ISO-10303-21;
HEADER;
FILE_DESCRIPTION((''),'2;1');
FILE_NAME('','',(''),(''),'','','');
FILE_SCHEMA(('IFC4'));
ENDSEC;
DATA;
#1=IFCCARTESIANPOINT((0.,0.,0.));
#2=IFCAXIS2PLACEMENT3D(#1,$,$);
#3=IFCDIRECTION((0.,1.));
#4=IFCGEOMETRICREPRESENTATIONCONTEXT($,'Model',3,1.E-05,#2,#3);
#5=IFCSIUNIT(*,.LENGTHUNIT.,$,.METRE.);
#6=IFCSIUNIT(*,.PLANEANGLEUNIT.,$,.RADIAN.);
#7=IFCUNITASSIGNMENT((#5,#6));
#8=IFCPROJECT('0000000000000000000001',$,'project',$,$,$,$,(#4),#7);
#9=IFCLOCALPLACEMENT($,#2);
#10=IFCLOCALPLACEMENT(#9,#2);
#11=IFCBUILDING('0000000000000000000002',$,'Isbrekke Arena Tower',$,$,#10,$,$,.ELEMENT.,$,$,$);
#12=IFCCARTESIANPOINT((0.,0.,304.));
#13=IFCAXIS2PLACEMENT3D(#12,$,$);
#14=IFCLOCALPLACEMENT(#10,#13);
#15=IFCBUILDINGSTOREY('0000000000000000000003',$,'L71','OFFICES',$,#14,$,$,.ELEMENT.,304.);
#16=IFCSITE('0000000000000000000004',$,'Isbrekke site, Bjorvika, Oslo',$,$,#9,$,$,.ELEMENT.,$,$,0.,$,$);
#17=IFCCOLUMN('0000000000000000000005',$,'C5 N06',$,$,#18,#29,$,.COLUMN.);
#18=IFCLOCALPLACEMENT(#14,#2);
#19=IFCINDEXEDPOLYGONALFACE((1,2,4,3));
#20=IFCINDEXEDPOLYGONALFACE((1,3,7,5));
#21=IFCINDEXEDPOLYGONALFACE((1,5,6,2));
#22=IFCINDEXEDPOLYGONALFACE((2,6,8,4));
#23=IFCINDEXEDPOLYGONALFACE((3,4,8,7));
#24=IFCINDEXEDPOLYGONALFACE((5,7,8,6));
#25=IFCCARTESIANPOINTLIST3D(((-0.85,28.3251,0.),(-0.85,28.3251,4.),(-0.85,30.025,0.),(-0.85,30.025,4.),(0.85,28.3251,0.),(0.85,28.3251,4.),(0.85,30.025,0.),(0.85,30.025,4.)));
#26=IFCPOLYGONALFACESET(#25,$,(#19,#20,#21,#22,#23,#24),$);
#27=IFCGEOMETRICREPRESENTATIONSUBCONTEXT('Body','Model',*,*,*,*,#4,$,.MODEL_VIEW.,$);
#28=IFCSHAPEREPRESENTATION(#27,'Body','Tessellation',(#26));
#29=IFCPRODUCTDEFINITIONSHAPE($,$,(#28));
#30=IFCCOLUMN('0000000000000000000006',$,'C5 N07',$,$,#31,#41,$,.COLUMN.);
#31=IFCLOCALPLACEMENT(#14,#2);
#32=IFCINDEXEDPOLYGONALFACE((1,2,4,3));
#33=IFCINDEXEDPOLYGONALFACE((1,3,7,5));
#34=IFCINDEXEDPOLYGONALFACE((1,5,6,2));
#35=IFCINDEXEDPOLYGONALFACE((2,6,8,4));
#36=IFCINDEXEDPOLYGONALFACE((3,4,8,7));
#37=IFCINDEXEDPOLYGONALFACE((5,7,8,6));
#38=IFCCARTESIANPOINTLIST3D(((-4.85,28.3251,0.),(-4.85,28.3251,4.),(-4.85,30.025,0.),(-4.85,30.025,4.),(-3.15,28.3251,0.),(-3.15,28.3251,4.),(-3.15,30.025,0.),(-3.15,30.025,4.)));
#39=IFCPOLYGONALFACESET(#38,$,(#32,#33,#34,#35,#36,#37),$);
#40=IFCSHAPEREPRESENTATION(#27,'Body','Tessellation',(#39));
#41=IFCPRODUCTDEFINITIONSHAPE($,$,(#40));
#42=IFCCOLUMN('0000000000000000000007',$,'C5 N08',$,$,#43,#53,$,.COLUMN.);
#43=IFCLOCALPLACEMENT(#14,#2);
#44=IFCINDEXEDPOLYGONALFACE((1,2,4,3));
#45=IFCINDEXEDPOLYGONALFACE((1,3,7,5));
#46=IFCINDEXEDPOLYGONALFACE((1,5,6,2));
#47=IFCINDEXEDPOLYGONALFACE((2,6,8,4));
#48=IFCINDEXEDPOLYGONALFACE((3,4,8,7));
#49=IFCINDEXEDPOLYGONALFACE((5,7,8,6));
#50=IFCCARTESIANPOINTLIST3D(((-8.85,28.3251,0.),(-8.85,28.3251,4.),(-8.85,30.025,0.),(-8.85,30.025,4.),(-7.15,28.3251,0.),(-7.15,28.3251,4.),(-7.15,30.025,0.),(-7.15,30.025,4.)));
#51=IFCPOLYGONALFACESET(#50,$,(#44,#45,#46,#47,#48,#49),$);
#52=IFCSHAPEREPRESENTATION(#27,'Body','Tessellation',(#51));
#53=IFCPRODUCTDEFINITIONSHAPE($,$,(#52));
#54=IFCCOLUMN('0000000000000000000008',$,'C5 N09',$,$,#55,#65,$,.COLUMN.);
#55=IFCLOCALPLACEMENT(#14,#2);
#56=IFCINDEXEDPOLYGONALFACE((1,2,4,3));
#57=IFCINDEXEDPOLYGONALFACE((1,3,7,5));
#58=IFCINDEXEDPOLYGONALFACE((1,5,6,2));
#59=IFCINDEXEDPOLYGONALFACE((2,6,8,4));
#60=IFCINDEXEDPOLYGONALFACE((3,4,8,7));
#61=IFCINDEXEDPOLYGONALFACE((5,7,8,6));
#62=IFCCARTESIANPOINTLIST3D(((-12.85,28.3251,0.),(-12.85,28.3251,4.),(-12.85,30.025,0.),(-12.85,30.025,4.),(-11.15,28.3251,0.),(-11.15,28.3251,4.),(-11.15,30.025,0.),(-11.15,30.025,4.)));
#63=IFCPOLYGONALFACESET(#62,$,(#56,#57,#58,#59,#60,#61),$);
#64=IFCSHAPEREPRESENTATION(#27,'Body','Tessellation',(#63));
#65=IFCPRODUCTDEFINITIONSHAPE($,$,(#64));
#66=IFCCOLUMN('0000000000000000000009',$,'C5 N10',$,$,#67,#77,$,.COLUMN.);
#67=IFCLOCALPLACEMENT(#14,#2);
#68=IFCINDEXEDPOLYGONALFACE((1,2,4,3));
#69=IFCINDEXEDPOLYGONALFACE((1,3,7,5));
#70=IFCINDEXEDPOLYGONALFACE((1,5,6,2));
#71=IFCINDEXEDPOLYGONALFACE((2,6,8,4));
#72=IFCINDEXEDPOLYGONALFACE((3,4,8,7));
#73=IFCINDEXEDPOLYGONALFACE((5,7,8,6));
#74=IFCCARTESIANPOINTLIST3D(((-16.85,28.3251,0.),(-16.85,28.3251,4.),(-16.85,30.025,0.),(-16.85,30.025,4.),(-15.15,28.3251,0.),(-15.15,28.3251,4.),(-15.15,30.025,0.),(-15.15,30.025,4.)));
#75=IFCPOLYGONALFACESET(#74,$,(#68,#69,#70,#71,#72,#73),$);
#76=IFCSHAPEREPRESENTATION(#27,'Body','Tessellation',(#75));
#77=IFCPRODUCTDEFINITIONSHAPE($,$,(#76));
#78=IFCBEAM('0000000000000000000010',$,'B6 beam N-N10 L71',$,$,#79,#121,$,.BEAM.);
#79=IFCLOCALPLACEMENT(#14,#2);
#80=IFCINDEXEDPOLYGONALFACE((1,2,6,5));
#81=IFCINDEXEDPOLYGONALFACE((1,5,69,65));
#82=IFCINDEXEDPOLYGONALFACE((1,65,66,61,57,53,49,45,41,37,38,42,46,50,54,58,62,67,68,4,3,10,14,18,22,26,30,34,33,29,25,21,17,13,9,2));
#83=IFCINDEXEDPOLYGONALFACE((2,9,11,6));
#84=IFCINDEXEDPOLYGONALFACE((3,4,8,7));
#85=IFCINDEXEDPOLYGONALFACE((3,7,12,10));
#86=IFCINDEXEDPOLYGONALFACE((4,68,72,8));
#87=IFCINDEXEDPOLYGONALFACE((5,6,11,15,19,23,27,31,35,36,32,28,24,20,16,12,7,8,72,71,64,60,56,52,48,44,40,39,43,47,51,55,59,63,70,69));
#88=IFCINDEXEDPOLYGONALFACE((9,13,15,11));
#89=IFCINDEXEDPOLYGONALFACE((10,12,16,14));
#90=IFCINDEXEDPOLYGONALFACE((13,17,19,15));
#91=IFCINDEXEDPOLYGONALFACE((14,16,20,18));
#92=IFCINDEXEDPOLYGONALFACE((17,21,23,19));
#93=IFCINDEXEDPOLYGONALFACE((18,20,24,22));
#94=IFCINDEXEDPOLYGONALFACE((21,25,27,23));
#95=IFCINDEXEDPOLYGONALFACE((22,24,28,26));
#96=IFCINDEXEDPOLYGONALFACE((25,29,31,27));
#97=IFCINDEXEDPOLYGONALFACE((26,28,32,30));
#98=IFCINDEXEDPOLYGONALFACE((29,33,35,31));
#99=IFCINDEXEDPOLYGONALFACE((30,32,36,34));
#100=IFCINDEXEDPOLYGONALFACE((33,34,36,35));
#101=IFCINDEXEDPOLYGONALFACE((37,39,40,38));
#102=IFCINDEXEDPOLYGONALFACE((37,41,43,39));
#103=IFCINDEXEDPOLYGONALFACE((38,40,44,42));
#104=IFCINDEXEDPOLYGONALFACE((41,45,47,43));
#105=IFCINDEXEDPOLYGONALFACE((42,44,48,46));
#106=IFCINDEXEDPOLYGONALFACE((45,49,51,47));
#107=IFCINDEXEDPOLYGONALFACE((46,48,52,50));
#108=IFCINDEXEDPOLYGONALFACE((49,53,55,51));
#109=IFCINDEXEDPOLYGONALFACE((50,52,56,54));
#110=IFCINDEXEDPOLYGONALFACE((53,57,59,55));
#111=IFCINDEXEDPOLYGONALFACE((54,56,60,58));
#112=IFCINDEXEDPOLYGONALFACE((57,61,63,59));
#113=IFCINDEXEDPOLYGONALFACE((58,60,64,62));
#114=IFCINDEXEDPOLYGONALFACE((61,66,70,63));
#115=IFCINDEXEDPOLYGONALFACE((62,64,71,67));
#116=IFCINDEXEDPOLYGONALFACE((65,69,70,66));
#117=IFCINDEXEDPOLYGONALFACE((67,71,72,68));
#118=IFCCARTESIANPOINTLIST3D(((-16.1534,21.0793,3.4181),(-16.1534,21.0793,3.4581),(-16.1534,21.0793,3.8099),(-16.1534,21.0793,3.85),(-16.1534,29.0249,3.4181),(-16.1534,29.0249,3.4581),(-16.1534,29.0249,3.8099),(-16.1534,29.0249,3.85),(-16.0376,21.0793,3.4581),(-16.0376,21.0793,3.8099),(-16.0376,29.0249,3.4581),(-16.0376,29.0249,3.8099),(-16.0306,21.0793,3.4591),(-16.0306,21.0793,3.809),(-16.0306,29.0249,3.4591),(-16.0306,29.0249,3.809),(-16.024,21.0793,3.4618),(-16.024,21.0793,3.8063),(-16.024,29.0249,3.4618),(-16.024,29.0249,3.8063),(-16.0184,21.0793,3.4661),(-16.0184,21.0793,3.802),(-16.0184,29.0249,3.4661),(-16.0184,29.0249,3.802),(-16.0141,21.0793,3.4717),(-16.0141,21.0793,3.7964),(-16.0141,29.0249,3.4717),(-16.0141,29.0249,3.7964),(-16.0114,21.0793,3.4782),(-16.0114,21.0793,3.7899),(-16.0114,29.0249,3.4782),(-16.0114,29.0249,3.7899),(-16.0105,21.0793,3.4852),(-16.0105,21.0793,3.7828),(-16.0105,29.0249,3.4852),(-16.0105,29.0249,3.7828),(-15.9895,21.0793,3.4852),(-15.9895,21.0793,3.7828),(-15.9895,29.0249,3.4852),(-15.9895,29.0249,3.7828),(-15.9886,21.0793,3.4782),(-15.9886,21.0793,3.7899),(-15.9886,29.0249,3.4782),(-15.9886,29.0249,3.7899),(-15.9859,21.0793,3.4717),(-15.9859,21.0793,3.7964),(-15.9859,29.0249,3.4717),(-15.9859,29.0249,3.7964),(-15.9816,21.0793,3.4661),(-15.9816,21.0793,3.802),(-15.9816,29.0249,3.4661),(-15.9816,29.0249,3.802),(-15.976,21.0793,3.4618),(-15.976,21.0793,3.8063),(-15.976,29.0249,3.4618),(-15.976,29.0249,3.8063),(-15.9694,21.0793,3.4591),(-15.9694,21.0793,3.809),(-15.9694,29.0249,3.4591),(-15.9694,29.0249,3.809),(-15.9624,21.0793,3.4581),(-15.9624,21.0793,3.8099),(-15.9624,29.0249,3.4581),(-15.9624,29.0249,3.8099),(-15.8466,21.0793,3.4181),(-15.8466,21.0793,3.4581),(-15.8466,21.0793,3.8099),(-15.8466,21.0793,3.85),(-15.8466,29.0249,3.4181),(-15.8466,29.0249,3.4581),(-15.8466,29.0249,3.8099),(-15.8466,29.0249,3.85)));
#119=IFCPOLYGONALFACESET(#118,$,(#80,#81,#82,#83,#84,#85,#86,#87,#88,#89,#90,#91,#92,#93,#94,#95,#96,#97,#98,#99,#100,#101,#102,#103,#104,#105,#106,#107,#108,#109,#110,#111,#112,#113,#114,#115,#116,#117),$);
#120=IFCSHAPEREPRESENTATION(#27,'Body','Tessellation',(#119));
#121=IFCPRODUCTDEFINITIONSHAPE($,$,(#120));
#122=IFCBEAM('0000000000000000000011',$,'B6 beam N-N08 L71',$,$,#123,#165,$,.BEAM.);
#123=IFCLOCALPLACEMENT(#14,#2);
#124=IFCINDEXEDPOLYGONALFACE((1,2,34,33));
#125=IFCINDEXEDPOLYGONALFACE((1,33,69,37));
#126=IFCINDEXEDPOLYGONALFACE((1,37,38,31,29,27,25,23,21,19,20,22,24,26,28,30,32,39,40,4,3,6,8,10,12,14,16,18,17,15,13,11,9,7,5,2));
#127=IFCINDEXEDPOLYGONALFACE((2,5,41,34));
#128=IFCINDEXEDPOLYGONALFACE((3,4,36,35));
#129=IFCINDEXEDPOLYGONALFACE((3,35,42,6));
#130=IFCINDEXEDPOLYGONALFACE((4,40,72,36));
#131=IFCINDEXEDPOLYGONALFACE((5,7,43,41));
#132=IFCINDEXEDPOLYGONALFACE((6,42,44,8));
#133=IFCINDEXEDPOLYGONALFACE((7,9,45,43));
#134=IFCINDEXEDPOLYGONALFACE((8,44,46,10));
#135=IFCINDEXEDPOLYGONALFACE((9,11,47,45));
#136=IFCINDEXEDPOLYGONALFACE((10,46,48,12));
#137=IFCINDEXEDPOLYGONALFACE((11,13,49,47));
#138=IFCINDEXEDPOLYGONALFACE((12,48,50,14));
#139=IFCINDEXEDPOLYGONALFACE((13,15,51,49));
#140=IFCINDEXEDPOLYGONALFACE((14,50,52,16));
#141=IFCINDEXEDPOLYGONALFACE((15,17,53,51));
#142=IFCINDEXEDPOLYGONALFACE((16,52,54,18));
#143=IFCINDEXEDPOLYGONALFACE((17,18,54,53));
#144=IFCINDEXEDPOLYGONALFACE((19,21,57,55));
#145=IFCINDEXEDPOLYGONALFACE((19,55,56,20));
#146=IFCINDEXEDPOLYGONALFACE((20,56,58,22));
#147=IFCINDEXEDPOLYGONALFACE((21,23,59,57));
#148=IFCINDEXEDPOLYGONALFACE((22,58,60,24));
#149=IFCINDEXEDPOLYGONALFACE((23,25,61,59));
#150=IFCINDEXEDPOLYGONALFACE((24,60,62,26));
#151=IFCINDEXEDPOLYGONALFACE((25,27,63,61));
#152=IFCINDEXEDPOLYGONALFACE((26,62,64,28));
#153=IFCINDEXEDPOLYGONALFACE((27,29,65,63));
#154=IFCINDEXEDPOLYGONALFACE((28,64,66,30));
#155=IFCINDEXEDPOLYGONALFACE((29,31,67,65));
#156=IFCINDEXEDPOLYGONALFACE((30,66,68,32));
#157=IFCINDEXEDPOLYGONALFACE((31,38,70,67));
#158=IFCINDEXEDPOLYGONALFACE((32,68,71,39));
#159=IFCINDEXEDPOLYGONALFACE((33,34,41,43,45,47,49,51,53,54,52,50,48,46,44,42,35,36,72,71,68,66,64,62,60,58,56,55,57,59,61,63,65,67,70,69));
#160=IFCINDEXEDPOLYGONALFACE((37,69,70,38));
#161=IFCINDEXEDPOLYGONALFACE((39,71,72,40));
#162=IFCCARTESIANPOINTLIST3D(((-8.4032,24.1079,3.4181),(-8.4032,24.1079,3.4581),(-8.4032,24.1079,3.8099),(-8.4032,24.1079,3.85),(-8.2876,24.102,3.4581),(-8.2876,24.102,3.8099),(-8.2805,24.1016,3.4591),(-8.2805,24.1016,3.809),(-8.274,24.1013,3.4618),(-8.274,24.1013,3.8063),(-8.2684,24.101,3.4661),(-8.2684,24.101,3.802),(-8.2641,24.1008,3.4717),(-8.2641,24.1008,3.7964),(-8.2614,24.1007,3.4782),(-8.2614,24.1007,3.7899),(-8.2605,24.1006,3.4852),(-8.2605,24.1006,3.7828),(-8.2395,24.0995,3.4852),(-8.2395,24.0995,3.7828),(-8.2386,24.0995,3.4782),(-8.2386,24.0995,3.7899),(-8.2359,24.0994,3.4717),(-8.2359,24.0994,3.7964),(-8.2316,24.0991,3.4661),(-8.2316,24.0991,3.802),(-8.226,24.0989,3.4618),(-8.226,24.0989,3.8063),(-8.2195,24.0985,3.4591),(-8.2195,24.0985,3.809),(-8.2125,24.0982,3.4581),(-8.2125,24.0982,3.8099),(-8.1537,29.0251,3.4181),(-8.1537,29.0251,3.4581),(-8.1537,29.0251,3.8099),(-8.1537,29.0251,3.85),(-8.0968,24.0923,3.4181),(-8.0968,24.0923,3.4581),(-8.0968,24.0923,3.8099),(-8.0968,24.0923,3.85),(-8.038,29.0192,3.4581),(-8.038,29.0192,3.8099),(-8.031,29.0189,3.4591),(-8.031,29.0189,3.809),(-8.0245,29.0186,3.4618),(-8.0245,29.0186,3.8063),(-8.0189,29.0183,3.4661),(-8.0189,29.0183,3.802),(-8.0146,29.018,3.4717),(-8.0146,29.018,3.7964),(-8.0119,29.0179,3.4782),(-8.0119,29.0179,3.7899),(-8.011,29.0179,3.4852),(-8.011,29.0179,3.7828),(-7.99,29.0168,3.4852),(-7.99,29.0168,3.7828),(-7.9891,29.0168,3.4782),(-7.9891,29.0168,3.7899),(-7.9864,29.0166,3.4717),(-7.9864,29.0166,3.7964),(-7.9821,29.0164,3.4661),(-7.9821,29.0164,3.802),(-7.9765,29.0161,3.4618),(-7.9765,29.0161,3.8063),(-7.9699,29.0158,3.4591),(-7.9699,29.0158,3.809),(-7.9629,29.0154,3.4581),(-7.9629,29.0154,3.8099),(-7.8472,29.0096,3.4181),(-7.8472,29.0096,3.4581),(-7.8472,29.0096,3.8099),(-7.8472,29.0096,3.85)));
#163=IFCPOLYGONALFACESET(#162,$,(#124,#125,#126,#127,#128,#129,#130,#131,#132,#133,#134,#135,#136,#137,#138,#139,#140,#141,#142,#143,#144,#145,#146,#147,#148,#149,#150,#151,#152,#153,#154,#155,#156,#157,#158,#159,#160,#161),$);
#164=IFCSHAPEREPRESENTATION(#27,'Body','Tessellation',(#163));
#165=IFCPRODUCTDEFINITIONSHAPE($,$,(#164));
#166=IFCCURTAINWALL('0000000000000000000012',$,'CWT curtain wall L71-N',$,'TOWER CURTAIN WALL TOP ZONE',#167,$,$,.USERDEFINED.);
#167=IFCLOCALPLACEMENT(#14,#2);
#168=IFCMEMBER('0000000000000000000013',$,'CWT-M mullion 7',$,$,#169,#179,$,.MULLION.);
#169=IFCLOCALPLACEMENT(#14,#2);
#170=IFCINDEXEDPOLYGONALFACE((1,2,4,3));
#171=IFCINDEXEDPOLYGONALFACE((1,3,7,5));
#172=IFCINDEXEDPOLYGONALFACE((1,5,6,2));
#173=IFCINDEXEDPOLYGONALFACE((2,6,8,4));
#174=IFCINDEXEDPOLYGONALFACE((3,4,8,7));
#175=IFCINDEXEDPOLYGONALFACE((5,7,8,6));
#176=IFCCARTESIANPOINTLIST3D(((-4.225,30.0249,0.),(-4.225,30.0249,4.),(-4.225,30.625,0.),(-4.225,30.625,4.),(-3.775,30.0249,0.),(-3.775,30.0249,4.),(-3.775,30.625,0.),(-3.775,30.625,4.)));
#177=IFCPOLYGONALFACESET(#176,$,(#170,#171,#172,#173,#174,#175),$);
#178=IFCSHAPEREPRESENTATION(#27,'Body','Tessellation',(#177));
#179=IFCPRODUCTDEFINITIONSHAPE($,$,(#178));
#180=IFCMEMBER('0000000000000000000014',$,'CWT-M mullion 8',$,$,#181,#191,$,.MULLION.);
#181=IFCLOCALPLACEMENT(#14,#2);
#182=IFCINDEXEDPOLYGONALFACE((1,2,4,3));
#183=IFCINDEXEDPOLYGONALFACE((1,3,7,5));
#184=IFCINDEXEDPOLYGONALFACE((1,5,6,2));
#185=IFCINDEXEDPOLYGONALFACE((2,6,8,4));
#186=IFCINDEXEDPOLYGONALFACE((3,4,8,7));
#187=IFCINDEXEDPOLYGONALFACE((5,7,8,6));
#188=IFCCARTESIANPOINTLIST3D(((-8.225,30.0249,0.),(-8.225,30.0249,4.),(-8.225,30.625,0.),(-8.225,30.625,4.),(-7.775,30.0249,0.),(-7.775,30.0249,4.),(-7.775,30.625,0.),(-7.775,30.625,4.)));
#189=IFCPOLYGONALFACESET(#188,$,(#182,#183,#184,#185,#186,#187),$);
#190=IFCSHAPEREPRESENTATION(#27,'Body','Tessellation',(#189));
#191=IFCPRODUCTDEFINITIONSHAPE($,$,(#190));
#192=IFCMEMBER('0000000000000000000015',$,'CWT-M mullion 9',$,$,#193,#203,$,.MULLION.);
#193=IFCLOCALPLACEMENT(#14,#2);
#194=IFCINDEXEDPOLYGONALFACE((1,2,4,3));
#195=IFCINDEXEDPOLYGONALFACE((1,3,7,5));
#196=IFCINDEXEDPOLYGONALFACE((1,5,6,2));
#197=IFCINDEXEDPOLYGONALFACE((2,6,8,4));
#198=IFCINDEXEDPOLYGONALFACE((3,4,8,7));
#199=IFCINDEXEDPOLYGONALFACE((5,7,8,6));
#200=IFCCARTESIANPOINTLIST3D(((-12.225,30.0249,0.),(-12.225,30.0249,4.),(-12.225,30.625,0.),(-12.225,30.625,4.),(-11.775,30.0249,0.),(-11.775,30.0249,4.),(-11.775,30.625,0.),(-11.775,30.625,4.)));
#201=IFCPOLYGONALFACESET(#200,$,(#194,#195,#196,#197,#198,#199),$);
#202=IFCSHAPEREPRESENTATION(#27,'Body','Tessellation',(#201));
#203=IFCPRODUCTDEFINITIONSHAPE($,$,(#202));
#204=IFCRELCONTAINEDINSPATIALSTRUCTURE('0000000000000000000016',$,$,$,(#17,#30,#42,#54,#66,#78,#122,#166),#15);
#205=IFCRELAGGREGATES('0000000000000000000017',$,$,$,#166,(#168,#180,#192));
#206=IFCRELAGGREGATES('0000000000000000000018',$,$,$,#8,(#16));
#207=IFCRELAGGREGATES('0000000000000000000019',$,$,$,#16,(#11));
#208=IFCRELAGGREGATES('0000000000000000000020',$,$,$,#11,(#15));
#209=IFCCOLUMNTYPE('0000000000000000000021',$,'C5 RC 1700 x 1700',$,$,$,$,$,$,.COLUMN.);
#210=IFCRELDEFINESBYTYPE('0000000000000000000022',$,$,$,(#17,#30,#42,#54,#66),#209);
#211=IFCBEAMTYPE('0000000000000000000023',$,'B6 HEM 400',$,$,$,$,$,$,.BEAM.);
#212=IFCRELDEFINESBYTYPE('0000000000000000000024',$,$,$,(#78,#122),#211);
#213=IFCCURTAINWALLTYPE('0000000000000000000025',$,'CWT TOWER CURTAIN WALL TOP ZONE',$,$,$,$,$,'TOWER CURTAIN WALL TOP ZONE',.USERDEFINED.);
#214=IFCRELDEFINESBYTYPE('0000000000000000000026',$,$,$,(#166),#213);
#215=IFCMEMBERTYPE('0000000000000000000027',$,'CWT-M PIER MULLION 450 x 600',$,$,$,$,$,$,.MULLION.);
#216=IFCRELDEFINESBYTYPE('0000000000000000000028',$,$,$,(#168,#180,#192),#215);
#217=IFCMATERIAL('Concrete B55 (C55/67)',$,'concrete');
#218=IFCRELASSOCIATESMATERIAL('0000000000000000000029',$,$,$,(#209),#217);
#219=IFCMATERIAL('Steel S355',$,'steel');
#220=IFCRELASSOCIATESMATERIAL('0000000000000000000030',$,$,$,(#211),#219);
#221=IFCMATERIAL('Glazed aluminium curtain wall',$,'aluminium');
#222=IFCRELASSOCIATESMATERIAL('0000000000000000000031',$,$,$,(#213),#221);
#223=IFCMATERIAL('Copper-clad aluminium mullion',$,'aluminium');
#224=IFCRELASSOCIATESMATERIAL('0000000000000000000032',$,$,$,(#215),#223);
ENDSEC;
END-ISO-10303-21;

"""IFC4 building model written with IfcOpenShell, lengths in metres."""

from ifc_helpers import new_model, si_unit, direction, frame, origin, origin_2d, place, context, subcontext, project, spatial, rectangle, i_section, extrude, material, material_profile, profile_set, type_object, element, aggregate, save


model = new_model("IFC4")

# Units and contexts
model_context = context("Model", 3, precision=1e-05, world=origin(), true_north=direction((0.0, 1.0)))
body_context = subcontext(model_context, "Body", "Model", "MODEL_VIEW")
ifc_project = project(units=[si_unit("LENGTHUNIT", "METRE"), si_unit("PLANEANGLEUNIT", "RADIAN")], contexts=[model_context])

# Site, building, storey
site_placement = place(None, origin())
site = spatial("IfcSite", under=ifc_project, at=site_placement, Name="Isbrekke site, Bjorvika, Oslo", CompositionType="ELEMENT", RefElevation=0.0)
building_placement = place(site_placement, origin())
building = spatial("IfcBuilding", under=site, at=building_placement, Name="Isbrekke Arena Tower", CompositionType="ELEMENT")
storey_placement = place(building_placement, frame((0.0, 0.0, 304.0)))
storey = spatial("IfcBuildingStorey", under=building, at=storey_placement, Name="L71", Description="OFFICES", CompositionType="ELEMENT", Elevation=304.0)

# Columns
ifc_material_1 = material(Name="Concrete B55 (C55/67)", Category="concrete")
ifc_material_profile_1 = material_profile(ifc_material_1, rectangle(XDim=1.7, YDim=1.7, at=origin_2d()), Name="RC 1700x1700")
ifc_profile_set_1 = profile_set([ifc_material_profile_1], Name="Concrete B55 (C55/67)")
column_type = type_object("IfcColumnType", Name="C5 RC 1700 x 1700", PredefinedType="COLUMN", material=ifc_profile_set_1)
for number, where, z_axis, x_axis, name in (
    (1, (0.0, 29.175, 0.0), (0.0, 0.0, 1.0), (-1.0, 0.0, 0.0), "C5 N06"),
    (2, (-4.0, 29.175, 0.0), (0.0, 0.0, 1.0), (-1.0, 0.0, 0.0), "C5 N07"),
    (3, (-8.0, 29.175, 0.0), (0.0, 0.0, 1.0), (-1.0, 0.0, 0.0), "C5 N08"),
    (4, (-12.0, 29.175, 0.0), (0.0, 0.0, 1.0), (-1.0, 0.0, 0.0), "C5 N09"),
    (5, (-16.0, 29.175, 0.0), (0.0, 0.0, 1.0), (-1.0, 0.0, 0.0), "C5 N10"),
):
    element("IfcColumn", number, at=place(storey_placement, frame(where, z_axis=z_axis, x_axis=x_axis)), inside=storey, type_object=column_type, Name=name, PredefinedType="COLUMN", context=body_context, shape_type="SweptSolid", body=[
        extrude(rectangle(XDim=1.7, YDim=1.7, at=origin_2d()), origin(), (0.0, 0.0, 1.0), 4.0),
    ])

# Beams
ifc_material_2 = material(Name="Steel S355", Category="steel")
ifc_material_profile_2 = material_profile(ifc_material_2, i_section(OverallWidth=0.3069, OverallDepth=0.4319, WebThickness=0.021, FlangeThickness=0.04, FilletRadius=0.0271, at=origin_2d()), Name="HEM 400")
ifc_profile_set_2 = profile_set([ifc_material_profile_2], Name="Steel S355")
beam_type_1 = type_object("IfcBeamType", Name="B6 HEM 400", PredefinedType="BEAM", material=ifc_profile_set_2)
beam_1_placement = place(storey_placement, frame((-16.0, 29.0249, 3.634), z_axis=(0.0, -1.0, 0.0), x_axis=(1.0, 0.0, 0.0)))
element("IfcBeam", 6, at=beam_1_placement, inside=storey, type_object=beam_type_1, Name="B6 beam N-N10 L71", PredefinedType="BEAM", context=body_context, shape_type="SweptSolid", body=[
    extrude(i_section(OverallWidth=0.3069, OverallDepth=0.4319, WebThickness=0.021, FlangeThickness=0.04, FilletRadius=0.0271, at=origin_2d()), origin(), (0.0, 0.0, 1.0), 7.9456),
])
beam_2_placement = place(storey_placement, frame((-8.0005, 29.0173, 3.634), z_axis=(-0.050677, -0.998715, 0.0), x_axis=(0.998715, -0.050677, 0.0)))
element("IfcBeam", 7, at=beam_2_placement, inside=storey, type_object=beam_type_1, Name="B6 beam N-N08 L71", PredefinedType="BEAM", context=body_context, shape_type="SweptSolid", body=[
    extrude(i_section(OverallWidth=0.3069, OverallDepth=0.4319, WebThickness=0.021, FlangeThickness=0.04, FilletRadius=0.0271, at=origin_2d()), origin(), (0.0, 0.0, 1.0), 4.9236),
])

# Curtain wall, members
ifc_material_3 = material(Name="Glazed aluminium curtain wall", Category="aluminium")
curtain_wall_type = type_object("IfcCurtainWallType", Name="CWT TOWER CURTAIN WALL TOP ZONE", ElementType="TOWER CURTAIN WALL TOP ZONE", PredefinedType="USERDEFINED", material=ifc_material_3)
curtain_wall_placement = place(storey_placement, origin())
curtain_wall = element("IfcCurtainWall", 8, at=curtain_wall_placement, inside=storey, type_object=curtain_wall_type, Name="CWT curtain wall L71-N", ObjectType="TOWER CURTAIN WALL TOP ZONE", PredefinedType="USERDEFINED")
ifc_material_4 = material(Name="Copper-clad aluminium mullion", Category="aluminium")
ifc_material_profile_3 = material_profile(ifc_material_4, rectangle(XDim=0.45, YDim=0.6001, at=origin_2d()), Name="PIER 450X600")
ifc_profile_set_3 = profile_set([ifc_material_profile_3], Name="Copper-clad aluminium mullion")
member_type_1 = type_object("IfcMemberType", Name="CWT-M PIER MULLION 450 x 600", PredefinedType="MULLION", material=ifc_profile_set_3)
member_1_placement = place(storey_placement, frame((-4.0, 30.325, 0.0), z_axis=(0.0, 0.0, 1.0), x_axis=(-1.0, 0.0, 0.0)))
member_1 = element("IfcMember", 9, at=member_1_placement, type_object=member_type_1, Name="CWT-M mullion 7", PredefinedType="MULLION", context=body_context, shape_type="SweptSolid", body=[
    extrude(rectangle(XDim=0.45, YDim=0.6001, at=origin_2d()), origin(), (0.0, 0.0, 1.0), 4.0),
])
member_2_placement = place(storey_placement, frame((-8.0, 30.325, 0.0), z_axis=(0.0, 0.0, 1.0), x_axis=(-1.0, 0.0, 0.0)))
member_2 = element("IfcMember", 10, at=member_2_placement, type_object=member_type_1, Name="CWT-M mullion 8", PredefinedType="MULLION", context=body_context, shape_type="SweptSolid", body=[
    extrude(rectangle(XDim=0.45, YDim=0.6001, at=origin_2d()), origin(), (0.0, 0.0, 1.0), 4.0),
])
member_3_placement = place(storey_placement, frame((-12.0, 30.325, 0.0), z_axis=(0.0, 0.0, 1.0), x_axis=(-1.0, 0.0, 0.0)))
member_3 = element("IfcMember", 11, at=member_3_placement, type_object=member_type_1, Name="CWT-M mullion 9", PredefinedType="MULLION", context=body_context, shape_type="SweptSolid", body=[
    extrude(rectangle(XDim=0.45, YDim=0.6001, at=origin_2d()), origin(), (0.0, 0.0, 1.0), 4.0),
])

aggregate(curtain_wall, [member_1, member_2, member_3])

save(model, "model.ifc")
